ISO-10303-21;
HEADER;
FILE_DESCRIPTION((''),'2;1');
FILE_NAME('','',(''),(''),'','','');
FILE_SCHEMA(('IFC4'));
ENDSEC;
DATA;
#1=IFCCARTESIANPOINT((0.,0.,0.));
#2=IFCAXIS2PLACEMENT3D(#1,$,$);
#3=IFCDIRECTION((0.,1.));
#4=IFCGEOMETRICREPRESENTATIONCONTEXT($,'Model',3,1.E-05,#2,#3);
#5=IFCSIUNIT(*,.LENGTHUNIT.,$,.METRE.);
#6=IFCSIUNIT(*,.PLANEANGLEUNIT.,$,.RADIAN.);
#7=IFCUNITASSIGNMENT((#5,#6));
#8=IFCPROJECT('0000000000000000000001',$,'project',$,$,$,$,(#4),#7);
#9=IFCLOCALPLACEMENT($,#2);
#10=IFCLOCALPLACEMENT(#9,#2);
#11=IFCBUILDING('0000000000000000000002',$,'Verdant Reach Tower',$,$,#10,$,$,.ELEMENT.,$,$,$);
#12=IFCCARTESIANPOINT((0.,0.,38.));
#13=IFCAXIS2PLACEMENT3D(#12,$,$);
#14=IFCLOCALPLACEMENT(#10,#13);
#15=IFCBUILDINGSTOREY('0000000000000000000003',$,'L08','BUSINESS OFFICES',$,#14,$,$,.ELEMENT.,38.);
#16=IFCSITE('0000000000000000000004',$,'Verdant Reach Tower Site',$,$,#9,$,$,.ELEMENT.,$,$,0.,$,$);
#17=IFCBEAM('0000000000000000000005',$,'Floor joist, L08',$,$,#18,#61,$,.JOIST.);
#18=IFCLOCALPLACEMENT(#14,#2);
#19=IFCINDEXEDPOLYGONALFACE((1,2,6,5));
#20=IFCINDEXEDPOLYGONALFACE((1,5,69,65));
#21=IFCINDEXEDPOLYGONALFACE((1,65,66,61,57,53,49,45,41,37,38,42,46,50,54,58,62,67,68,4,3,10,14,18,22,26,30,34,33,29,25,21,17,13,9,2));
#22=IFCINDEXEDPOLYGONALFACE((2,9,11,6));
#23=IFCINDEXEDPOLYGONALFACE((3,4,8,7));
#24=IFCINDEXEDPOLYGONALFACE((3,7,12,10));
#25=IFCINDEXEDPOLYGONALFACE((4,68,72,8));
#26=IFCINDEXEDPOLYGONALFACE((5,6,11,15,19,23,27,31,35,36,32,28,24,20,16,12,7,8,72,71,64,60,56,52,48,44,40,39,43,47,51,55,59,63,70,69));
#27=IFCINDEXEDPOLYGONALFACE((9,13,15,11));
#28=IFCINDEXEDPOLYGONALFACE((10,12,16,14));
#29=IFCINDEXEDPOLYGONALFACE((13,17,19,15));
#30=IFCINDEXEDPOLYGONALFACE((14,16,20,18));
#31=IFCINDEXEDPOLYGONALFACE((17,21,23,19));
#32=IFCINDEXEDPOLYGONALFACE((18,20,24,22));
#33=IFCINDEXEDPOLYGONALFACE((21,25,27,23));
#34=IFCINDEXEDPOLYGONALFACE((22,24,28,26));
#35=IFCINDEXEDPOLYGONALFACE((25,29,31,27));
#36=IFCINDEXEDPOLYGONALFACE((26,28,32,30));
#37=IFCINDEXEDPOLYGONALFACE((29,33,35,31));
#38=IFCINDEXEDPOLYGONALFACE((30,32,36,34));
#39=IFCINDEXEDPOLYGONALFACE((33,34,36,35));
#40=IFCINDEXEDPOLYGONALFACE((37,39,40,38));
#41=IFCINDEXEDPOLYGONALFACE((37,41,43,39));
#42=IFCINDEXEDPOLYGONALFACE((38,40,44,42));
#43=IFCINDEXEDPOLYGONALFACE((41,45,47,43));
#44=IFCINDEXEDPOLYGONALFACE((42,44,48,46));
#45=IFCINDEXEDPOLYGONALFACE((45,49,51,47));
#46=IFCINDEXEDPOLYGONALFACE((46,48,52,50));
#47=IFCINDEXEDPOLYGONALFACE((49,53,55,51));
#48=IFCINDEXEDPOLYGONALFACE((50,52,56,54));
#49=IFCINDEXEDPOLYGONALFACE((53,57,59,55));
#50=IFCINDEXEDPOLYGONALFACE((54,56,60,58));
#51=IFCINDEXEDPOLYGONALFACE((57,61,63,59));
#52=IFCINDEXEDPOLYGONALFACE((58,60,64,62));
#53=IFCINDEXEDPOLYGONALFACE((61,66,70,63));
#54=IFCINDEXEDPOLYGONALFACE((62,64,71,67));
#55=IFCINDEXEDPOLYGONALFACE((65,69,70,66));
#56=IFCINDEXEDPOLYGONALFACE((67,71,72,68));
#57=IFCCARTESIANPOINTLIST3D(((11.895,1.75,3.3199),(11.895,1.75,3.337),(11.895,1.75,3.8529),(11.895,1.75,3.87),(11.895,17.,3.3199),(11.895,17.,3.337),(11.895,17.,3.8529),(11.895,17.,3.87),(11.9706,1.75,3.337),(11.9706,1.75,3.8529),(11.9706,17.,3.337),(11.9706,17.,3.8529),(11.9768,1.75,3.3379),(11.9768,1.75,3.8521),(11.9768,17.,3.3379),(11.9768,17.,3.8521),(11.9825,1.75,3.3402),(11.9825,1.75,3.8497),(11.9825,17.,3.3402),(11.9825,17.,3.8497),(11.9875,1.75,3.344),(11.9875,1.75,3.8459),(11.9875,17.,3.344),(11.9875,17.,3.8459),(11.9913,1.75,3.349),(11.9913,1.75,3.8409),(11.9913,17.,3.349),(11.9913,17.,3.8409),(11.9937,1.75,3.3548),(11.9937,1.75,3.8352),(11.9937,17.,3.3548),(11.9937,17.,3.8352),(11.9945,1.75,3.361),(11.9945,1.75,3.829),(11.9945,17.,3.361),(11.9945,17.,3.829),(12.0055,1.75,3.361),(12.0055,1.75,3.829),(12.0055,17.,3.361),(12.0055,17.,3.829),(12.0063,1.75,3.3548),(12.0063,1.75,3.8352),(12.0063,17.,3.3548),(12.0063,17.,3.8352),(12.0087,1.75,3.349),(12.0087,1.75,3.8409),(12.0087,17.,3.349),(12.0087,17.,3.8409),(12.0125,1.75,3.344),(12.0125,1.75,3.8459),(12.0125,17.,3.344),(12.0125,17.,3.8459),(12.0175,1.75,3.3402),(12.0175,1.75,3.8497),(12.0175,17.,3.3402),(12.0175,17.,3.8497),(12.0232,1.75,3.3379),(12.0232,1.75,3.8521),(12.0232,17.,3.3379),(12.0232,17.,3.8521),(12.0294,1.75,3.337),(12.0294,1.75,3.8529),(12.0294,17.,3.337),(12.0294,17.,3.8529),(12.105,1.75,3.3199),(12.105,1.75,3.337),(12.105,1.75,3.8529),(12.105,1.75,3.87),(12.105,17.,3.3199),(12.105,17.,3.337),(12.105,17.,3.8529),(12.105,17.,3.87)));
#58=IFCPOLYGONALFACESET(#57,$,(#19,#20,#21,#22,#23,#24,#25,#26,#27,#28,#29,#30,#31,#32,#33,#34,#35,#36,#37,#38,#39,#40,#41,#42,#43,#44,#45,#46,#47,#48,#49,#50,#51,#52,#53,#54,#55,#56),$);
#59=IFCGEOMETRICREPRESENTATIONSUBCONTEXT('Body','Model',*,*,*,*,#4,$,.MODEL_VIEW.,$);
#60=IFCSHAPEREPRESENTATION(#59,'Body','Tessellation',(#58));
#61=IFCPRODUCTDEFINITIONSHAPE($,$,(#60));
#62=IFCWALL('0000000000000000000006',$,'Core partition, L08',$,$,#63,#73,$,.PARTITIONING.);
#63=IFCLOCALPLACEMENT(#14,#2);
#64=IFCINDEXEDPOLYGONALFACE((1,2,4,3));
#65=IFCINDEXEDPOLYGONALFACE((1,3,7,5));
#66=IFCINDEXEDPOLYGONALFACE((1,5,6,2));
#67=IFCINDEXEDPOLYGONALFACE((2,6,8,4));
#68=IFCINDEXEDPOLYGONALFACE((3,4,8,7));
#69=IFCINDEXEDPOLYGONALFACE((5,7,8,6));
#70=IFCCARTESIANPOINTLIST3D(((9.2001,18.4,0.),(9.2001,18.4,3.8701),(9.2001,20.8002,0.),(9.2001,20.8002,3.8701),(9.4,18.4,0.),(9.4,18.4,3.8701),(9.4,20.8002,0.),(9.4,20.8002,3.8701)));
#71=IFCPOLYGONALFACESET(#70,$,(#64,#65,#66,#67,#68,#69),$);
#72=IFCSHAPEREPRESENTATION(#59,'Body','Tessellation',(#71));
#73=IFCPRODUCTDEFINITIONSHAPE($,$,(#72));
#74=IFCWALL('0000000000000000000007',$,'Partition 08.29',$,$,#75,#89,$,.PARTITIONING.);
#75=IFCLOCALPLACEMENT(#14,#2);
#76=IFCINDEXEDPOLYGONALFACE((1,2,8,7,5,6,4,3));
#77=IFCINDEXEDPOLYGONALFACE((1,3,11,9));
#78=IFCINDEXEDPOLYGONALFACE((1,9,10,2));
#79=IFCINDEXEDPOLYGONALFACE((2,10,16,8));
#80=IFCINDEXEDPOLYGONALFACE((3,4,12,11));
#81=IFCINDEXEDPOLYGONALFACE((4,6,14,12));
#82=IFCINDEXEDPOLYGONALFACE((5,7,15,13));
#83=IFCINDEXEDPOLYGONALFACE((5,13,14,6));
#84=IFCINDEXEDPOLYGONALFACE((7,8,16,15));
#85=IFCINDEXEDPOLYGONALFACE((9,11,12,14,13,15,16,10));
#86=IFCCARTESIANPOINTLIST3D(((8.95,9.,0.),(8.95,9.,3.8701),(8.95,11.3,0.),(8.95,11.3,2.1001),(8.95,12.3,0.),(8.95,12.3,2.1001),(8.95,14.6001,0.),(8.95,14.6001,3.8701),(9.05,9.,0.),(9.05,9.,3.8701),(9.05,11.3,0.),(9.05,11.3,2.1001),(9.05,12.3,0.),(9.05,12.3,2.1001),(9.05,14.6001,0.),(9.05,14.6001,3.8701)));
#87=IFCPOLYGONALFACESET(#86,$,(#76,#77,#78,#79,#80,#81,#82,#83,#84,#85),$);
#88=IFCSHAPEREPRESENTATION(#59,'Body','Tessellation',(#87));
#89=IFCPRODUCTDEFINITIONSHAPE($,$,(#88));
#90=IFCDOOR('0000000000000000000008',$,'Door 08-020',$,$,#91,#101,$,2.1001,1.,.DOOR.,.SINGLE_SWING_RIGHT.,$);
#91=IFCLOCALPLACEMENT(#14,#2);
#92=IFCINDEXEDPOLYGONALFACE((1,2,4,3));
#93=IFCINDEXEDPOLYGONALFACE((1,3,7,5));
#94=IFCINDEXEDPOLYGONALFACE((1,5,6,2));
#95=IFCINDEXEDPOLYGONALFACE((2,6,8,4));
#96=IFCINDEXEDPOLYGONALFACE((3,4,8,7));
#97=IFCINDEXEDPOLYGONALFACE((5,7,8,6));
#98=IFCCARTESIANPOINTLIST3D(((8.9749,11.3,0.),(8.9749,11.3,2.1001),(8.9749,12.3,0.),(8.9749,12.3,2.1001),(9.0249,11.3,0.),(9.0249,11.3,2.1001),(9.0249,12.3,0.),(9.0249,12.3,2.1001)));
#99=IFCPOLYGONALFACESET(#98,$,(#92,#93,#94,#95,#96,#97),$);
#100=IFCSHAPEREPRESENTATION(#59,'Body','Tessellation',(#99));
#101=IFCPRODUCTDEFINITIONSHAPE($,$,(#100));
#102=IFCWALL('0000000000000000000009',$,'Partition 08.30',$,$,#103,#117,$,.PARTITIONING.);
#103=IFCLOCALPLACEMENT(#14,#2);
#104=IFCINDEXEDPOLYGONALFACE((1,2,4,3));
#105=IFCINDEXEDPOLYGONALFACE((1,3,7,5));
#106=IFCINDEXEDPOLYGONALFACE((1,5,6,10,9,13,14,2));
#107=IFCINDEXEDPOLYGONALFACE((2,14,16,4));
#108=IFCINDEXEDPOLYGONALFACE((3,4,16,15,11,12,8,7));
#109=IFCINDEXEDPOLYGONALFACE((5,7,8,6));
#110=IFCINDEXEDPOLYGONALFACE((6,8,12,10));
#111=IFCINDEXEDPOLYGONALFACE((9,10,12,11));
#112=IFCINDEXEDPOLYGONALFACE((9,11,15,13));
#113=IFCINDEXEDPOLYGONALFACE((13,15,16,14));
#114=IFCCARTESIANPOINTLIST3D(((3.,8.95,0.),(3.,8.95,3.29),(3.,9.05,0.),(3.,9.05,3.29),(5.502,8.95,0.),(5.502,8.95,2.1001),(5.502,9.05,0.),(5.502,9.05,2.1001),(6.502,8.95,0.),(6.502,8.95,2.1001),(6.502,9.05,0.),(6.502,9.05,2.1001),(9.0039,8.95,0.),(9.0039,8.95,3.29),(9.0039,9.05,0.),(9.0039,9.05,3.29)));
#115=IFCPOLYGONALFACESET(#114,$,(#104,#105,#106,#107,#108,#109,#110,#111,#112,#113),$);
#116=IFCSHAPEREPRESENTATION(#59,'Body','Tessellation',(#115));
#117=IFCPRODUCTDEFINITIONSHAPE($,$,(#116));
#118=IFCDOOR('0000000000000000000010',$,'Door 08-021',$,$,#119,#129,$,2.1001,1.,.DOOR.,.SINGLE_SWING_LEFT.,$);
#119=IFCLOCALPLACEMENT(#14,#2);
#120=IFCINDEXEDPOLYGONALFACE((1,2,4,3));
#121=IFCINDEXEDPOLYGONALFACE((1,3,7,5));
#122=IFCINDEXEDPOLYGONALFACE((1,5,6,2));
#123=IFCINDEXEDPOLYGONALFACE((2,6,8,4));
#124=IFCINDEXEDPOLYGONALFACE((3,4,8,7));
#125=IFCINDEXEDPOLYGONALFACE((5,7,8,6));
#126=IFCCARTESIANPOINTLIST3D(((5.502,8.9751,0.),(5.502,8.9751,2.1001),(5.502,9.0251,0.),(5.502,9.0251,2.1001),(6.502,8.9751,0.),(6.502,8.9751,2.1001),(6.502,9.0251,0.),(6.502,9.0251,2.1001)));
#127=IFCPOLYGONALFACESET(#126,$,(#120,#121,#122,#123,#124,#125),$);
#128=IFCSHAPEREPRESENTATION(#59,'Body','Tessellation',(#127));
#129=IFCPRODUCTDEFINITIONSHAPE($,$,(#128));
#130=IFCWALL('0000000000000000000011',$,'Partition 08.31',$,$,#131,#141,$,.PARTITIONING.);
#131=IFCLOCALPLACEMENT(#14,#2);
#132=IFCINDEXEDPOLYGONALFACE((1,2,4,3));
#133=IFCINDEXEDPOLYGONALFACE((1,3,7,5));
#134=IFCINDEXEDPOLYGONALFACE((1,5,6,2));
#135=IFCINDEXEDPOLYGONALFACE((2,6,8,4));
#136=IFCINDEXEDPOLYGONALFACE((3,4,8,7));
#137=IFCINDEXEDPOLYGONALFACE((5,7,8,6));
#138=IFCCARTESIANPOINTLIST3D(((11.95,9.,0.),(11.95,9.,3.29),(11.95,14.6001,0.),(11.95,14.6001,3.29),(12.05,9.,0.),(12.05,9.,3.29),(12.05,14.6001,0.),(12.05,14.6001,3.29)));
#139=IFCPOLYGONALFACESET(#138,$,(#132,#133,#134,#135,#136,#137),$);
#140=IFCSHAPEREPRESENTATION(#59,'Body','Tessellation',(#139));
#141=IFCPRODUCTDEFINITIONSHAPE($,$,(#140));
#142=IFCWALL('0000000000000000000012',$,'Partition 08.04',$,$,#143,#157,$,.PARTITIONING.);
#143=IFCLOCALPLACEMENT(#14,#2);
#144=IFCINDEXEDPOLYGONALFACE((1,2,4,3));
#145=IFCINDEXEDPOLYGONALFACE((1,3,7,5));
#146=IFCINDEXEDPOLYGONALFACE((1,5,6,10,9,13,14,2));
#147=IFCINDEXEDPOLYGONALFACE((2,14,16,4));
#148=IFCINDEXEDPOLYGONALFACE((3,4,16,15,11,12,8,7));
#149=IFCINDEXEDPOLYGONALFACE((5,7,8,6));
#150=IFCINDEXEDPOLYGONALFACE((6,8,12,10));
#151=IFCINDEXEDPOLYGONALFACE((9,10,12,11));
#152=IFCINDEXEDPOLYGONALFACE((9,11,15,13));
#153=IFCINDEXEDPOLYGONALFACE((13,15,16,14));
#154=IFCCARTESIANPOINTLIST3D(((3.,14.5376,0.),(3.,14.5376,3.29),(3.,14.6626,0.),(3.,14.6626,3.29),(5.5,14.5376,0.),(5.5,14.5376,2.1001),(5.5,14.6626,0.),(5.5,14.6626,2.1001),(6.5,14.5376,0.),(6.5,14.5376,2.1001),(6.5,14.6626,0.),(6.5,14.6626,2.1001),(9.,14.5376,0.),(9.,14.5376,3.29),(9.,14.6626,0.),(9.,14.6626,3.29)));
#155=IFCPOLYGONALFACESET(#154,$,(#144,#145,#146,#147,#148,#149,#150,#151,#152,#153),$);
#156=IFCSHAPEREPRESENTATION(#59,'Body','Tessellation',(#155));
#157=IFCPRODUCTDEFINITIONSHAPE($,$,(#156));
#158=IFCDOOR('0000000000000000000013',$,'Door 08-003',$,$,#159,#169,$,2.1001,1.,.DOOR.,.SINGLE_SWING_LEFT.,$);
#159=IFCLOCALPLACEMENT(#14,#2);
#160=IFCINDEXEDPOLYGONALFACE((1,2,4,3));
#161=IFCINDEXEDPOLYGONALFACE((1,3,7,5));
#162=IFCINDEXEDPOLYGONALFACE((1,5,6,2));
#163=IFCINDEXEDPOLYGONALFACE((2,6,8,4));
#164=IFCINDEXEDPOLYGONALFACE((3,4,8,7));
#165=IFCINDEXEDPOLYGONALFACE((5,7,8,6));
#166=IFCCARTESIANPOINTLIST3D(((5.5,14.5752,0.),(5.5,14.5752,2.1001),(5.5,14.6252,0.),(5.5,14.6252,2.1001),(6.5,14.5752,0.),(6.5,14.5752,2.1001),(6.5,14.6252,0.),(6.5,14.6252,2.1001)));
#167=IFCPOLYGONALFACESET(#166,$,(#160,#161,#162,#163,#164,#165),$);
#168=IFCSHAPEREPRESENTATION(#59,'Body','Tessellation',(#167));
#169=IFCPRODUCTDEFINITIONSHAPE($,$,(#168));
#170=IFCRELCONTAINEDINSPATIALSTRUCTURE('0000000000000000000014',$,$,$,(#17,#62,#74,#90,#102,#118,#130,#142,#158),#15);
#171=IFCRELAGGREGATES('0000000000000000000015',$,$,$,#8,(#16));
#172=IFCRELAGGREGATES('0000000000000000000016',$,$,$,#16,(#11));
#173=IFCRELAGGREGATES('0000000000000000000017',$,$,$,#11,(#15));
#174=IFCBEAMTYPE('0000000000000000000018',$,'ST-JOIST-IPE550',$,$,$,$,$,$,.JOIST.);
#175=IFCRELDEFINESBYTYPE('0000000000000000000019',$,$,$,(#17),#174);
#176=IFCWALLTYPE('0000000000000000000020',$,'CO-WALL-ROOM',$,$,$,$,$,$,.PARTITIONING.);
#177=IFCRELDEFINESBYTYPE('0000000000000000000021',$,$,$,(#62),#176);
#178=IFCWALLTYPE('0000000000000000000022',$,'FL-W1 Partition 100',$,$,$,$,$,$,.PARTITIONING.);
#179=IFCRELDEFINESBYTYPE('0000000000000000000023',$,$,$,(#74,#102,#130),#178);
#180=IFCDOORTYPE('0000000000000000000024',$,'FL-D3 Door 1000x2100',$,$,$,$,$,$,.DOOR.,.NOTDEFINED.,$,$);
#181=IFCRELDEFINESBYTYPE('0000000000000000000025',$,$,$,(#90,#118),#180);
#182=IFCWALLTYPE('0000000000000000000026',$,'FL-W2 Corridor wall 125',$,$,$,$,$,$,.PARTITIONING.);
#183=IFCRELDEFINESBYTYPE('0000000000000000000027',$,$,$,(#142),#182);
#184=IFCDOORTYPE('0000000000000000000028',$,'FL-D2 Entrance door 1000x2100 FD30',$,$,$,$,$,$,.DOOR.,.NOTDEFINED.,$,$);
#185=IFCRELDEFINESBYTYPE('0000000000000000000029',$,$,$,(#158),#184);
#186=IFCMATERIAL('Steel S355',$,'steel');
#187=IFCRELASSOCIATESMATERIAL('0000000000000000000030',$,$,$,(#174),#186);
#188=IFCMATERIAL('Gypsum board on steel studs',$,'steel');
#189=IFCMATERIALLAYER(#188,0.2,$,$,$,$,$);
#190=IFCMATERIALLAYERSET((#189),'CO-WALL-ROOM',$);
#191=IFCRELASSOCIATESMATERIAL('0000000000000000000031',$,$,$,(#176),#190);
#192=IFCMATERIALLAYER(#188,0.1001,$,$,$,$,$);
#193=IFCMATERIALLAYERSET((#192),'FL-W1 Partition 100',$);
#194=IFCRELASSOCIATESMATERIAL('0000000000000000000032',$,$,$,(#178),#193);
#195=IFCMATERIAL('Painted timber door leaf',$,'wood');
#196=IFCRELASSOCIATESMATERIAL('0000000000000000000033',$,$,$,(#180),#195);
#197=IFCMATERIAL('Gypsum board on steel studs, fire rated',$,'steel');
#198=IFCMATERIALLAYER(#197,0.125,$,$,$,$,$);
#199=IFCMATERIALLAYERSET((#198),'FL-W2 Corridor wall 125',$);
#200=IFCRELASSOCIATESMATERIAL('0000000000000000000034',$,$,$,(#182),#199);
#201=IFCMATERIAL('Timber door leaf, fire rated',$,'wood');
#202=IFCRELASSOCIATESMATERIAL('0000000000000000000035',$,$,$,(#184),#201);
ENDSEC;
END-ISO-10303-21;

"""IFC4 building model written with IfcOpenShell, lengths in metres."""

from ifc_helpers import new_model, si_unit, direction, frame, frame_2d, origin, origin_2d, place, context, subcontext, project, spatial, rectangle, i_section, extrude, material, layer, layer_set, material_profile, profile_set, type_object, element, fill, save


model = new_model("IFC4")

# Units and contexts
model_context = context("Model", 3, precision=1e-05, world=origin(), true_north=direction((0.0, 1.0)))
body_context = subcontext(model_context, "Body", "Model", "MODEL_VIEW")
ifc_project = project(units=[si_unit("LENGTHUNIT", "METRE"), si_unit("PLANEANGLEUNIT", "RADIAN")], contexts=[model_context])

# Site, building, storey
site_placement = place(None, origin())
site = spatial("IfcSite", under=ifc_project, at=site_placement, Name="Verdant Reach Tower Site", CompositionType="ELEMENT", RefElevation=0.0)
building_placement = place(site_placement, origin())
building = spatial("IfcBuilding", under=site, at=building_placement, Name="Verdant Reach Tower", CompositionType="ELEMENT")
storey_placement = place(building_placement, frame((0.0, 0.0, 38.0)))
storey = spatial("IfcBuildingStorey", under=building, at=storey_placement, Name="L08", Description="BUSINESS OFFICES", CompositionType="ELEMENT", Elevation=38.0)

# Beam
ifc_material_1 = material(Name="Steel S355", Category="steel")
ifc_material_profile_1 = material_profile(ifc_material_1, i_section(OverallWidth=0.21, OverallDepth=0.55, WebThickness=0.011, FlangeThickness=0.0171, FilletRadius=0.0239, at=origin_2d()), Name="IPE 550")
ifc_profile_set_1 = profile_set([ifc_material_profile_1], Name="Steel S355")
beam_type_1 = type_object("IfcBeamType", Name="ST-JOIST-IPE550", PredefinedType="JOIST", material=ifc_profile_set_1)
beam_1_placement = place(storey_placement, frame((12.0, 17.0, 3.595), z_axis=(0.0, -1.0, 0.0), x_axis=(1.0, 0.0, 0.0)))
element("IfcBeam", 1, at=beam_1_placement, inside=storey, type_object=beam_type_1, Name="Floor joist, L08", PredefinedType="JOIST", context=body_context, shape_type="SweptSolid", body=[
    extrude(i_section(OverallWidth=0.21, OverallDepth=0.55, WebThickness=0.011, FlangeThickness=0.0171, FilletRadius=0.0239, at=origin_2d()), origin(), (0.0, 0.0, 1.0), 15.25),
])

# Wall
ifc_material_2 = material(Name="Gypsum board on steel studs", Category="steel")
ifc_layer_1 = layer(ifc_material_2, 0.2)
ifc_layer_set_1 = layer_set([ifc_layer_1], Name="CO-WALL-ROOM")
wall_type_1 = type_object("IfcWallType", Name="CO-WALL-ROOM", PredefinedType="PARTITIONING", material=ifc_layer_set_1)
wall_1_placement = place(storey_placement, frame((9.3, 18.3999, 0.0), z_axis=(0.0, 0.0, 1.0), x_axis=(0.0, 1.0, 0.0)))
element("IfcWall", 2, at=wall_1_placement, inside=storey, type_object=wall_type_1, Name="Core partition, L08", PredefinedType="PARTITIONING", context=body_context, shape_type="SweptSolid", body=[
    extrude(rectangle(XDim=2.4001, YDim=0.2, at=frame_2d((1.2002, 0.0))), origin(), (0.0, 0.0, 1.0), 3.8701),
])

# Walls, openings, doors
ifc_layer_2 = layer(ifc_material_2, 0.1001)
ifc_layer_set_2 = layer_set([ifc_layer_2], Name="FL-W1 Partition 100")
wall_type_2 = type_object("IfcWallType", Name="FL-W1 Partition 100", PredefinedType="PARTITIONING", material=ifc_layer_set_2)
wall_2_placement = place(storey_placement, frame((9.0, 14.6001, 0.0), z_axis=(0.0, 0.0, 1.0), x_axis=(0.0, -1.0, 0.0)))
wall_2 = element("IfcWall", 3, at=wall_2_placement, inside=storey, type_object=wall_type_2, Name="Partition 08.29", PredefinedType="PARTITIONING", context=body_context, shape_type="SweptSolid", body=[
    extrude(rectangle(XDim=5.6001, YDim=0.1001, at=frame_2d((2.8, 0.0))), origin(), (0.0, 0.0, 1.0), 3.8701),
])
opening_1_placement = place(wall_2_placement, frame((2.3, 0.0, 0.0)))
opening_1 = element("IfcOpeningElement", 4, at=opening_1_placement, cuts=wall_2, PredefinedType="OPENING", context=body_context, shape_type="SweptSolid", body=[
    extrude(rectangle(XDim=1.0, YDim=2.1001, at=frame_2d((0.5, 1.05))), frame((0.0, 0.0601, 0.0), z_axis=(0.0, -1.0, 0.0), x_axis=(1.0, 0.0, 0.0)), (0.0, 0.0, 1.0), 0.1201),
])
ifc_material_3 = material(Name="Painted timber door leaf", Category="wood")
door_type_1 = type_object("IfcDoorType", Name="FL-D3 Door 1000x2100", OperationType="NOTDEFINED", PredefinedType="DOOR", material=ifc_material_3)
door_1_placement = place(opening_1_placement, origin())
door_1 = element("IfcDoor", 5, at=door_1_placement, inside=storey, type_object=door_type_1, Name="Door 08-020", OperationType="SINGLE_SWING_RIGHT", OverallHeight=2.1001, OverallWidth=1.0, PredefinedType="DOOR", context=body_context, shape_type="SweptSolid", body=[
    extrude(rectangle(XDim=1.0, YDim=2.1001, at=frame_2d((0.5, 1.05))), frame((0.0, 0.0249, 0.0), z_axis=(0.0, -1.0, 0.0), x_axis=(1.0, 0.0, 0.0)), (0.0, 0.0, 1.0), 0.05),
])
fill(opening_1, door_1)
wall_3_placement = place(storey_placement, frame((9.0039, 9.0, 0.0), z_axis=(0.0, 0.0, 1.0), x_axis=(-1.0, 0.0, 0.0)))
wall_3 = element("IfcWall", 6, at=wall_3_placement, inside=storey, type_object=wall_type_2, Name="Partition 08.30", PredefinedType="PARTITIONING", context=body_context, shape_type="SweptSolid", body=[
    extrude(rectangle(XDim=6.0039, YDim=0.1001, at=frame_2d((3.002, 0.0))), origin(), (0.0, 0.0, 1.0), 3.29),
])
opening_2_placement = place(wall_3_placement, frame((2.502, 0.0, 0.0)))
opening_2 = element("IfcOpeningElement", 7, at=opening_2_placement, cuts=wall_3, PredefinedType="OPENING", context=body_context, shape_type="SweptSolid", body=[
    extrude(rectangle(XDim=1.0, YDim=2.1001, at=frame_2d((0.5, 1.05))), frame((0.0, 0.0601, 0.0), z_axis=(0.0, -1.0, 0.0), x_axis=(1.0, 0.0, 0.0)), (0.0, 0.0, 1.0), 0.1201),
])
door_2_placement = place(opening_2_placement, origin())
door_2 = element("IfcDoor", 8, at=door_2_placement, inside=storey, type_object=door_type_1, Name="Door 08-021", OperationType="SINGLE_SWING_LEFT", OverallHeight=2.1001, OverallWidth=1.0, PredefinedType="DOOR", context=body_context, shape_type="SweptSolid", body=[
    extrude(rectangle(XDim=1.0, YDim=2.1001, at=frame_2d((0.5, 1.05))), frame((0.0, 0.0249, 0.0), z_axis=(0.0, -1.0, 0.0), x_axis=(1.0, 0.0, 0.0)), (0.0, 0.0, 1.0), 0.05),
])
fill(opening_2, door_2)

# Wall
wall_4_placement = place(storey_placement, frame((12.0, 9.0, 0.0), z_axis=(0.0, 0.0, 1.0), x_axis=(0.0, 1.0, 0.0)))
element("IfcWall", 9, at=wall_4_placement, inside=storey, type_object=wall_type_2, Name="Partition 08.31", PredefinedType="PARTITIONING", context=body_context, shape_type="SweptSolid", body=[
    extrude(rectangle(XDim=5.6001, YDim=0.1001, at=frame_2d((2.8, 0.0))), origin(), (0.0, 0.0, 1.0), 3.29),
])

# Wall, opening, door
ifc_material_4 = material(Name="Gypsum board on steel studs, fire rated", Category="steel")
ifc_layer_3 = layer(ifc_material_4, 0.125)
ifc_layer_set_3 = layer_set([ifc_layer_3], Name="FL-W2 Corridor wall 125")
wall_type_3 = type_object("IfcWallType", Name="FL-W2 Corridor wall 125", PredefinedType="PARTITIONING", material=ifc_layer_set_3)
wall_5_placement = place(storey_placement, frame((9.0, 14.6001, 0.0), z_axis=(0.0, 0.0, 1.0), x_axis=(-1.0, 0.0, 0.0)))
wall_5 = element("IfcWall", 10, at=wall_5_placement, inside=storey, type_object=wall_type_3, Name="Partition 08.04", PredefinedType="PARTITIONING", context=body_context, shape_type="SweptSolid", body=[
    extrude(rectangle(XDim=6.0, YDim=0.125, at=frame_2d((3.0, 0.0))), origin(), (0.0, 0.0, 1.0), 3.29),
])
opening_3_placement = place(wall_5_placement, frame((2.5, 0.0, 0.0)))
opening_3 = element("IfcOpeningElement", 11, at=opening_3_placement, cuts=wall_5, PredefinedType="OPENING", context=body_context, shape_type="SweptSolid", body=[
    extrude(rectangle(XDim=1.0, YDim=2.1001, at=frame_2d((0.5, 1.05))), frame((0.0, 0.0725, 0.0), z_axis=(0.0, -1.0, 0.0), x_axis=(1.0, 0.0, 0.0)), (0.0, 0.0, 1.0), 0.145),
])
ifc_material_5 = material(Name="Timber door leaf, fire rated", Category="wood")
door_type_2 = type_object("IfcDoorType", Name="FL-D2 Entrance door 1000x2100 FD30", OperationType="NOTDEFINED", PredefinedType="DOOR", material=ifc_material_5)
door_3_placement = place(opening_3_placement, origin())
door_3 = element("IfcDoor", 12, at=door_3_placement, inside=storey, type_object=door_type_2, Name="Door 08-003", OperationType="SINGLE_SWING_LEFT", OverallHeight=2.1001, OverallWidth=1.0, PredefinedType="DOOR", context=body_context, shape_type="SweptSolid", body=[
    extrude(rectangle(XDim=1.0, YDim=2.1001, at=frame_2d((0.5, 1.05))), frame((0.0, 0.0249, 0.0), z_axis=(0.0, -1.0, 0.0), x_axis=(1.0, 0.0, 0.0)), (0.0, 0.0, 1.0), 0.05),
])
fill(opening_3, door_3)

save(model, "model.ifc")
